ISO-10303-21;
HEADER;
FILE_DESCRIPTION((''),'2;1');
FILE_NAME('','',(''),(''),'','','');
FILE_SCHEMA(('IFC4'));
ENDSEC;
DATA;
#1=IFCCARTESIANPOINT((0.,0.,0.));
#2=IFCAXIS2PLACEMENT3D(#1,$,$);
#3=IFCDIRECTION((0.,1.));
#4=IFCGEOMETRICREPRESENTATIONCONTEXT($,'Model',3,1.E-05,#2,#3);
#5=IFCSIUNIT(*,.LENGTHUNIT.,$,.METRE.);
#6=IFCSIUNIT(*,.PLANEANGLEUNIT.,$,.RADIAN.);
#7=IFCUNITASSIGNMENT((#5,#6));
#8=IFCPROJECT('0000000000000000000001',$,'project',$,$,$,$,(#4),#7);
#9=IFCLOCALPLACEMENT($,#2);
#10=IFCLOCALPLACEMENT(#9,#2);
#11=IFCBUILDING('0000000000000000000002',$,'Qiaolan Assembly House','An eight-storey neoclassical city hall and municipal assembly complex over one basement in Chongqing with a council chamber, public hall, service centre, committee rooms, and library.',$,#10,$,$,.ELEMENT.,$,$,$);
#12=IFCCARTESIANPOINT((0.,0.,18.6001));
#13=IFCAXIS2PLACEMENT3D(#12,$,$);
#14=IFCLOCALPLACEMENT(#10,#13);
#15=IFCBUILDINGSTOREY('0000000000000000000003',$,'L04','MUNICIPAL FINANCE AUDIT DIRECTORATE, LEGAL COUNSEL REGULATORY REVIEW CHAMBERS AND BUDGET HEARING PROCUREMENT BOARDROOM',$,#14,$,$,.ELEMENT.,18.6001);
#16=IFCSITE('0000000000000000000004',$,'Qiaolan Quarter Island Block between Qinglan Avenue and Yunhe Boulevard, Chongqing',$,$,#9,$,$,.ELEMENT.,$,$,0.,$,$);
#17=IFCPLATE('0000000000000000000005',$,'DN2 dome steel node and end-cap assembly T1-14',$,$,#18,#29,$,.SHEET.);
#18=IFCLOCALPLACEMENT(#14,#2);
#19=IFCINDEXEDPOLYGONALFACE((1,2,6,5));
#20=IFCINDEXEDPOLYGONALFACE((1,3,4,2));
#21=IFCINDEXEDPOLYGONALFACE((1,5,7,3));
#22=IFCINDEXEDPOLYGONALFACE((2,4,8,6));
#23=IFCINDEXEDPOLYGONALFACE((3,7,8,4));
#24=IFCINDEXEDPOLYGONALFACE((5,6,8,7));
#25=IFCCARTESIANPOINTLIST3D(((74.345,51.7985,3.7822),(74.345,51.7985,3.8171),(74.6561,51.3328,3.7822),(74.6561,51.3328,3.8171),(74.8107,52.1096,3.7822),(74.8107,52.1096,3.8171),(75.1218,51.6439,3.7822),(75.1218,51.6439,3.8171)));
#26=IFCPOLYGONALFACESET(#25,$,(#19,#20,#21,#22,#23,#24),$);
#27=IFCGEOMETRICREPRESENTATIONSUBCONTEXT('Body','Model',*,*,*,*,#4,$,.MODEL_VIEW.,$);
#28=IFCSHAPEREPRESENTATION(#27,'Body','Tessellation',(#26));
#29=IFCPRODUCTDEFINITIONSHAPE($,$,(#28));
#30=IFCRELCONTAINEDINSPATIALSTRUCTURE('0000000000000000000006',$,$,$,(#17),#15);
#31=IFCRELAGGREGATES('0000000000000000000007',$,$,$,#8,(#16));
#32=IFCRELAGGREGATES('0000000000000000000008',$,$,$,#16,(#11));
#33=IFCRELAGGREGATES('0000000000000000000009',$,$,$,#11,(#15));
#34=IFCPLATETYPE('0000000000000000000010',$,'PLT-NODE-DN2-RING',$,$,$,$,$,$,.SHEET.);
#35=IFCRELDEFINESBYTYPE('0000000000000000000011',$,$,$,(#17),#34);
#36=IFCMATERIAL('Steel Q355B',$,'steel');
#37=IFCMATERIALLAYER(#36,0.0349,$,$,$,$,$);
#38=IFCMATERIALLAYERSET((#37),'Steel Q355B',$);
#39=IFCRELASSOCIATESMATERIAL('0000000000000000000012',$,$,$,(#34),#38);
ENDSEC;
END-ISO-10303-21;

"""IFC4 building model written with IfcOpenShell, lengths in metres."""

from ifc_helpers import new_model, si_unit, direction, frame, origin, origin_2d, place, context, subcontext, project, spatial, rectangle, extrude, material, layer, layer_set, type_object, element, save


model = new_model("IFC4")

# Units and contexts
model_context = context("Model", 3, precision=1e-05, world=origin(), true_north=direction((0.0, 1.0)))
body_context = subcontext(model_context, "Body", "Model", "MODEL_VIEW")
ifc_project = project(units=[si_unit("LENGTHUNIT", "METRE"), si_unit("PLANEANGLEUNIT", "RADIAN")], contexts=[model_context])

# Site, building, storey
site_placement = place(None, origin())
site = spatial("IfcSite", under=ifc_project, at=site_placement, Name="Qiaolan Quarter Island Block between Qinglan Avenue and Yunhe Boulevard, Chongqing", CompositionType="ELEMENT", RefElevation=0.0)
building_placement = place(site_placement, origin())
building = spatial("IfcBuilding", under=site, at=building_placement, Name="Qiaolan Assembly House", Description="An eight-storey neoclassical city hall and municipal assembly complex over one basement in Chongqing with a council chamber, public hall, service centre, committee rooms, and library.", CompositionType="ELEMENT")
storey_placement = place(building_placement, frame((0.0, 0.0, 18.6001)))
storey = spatial("IfcBuildingStorey", under=building, at=storey_placement, Name="L04", Description="MUNICIPAL FINANCE AUDIT DIRECTORATE, LEGAL COUNSEL REGULATORY REVIEW CHAMBERS AND BUDGET HEARING PROCUREMENT BOARDROOM", CompositionType="ELEMENT", Elevation=18.6001)

# Shared definitions
ifc_material_1 = material(Name="Steel Q355B", Category="steel")

# Plate
ifc_layer_1 = layer(ifc_material_1, 0.0349)
ifc_layer_set_1 = layer_set([ifc_layer_1], Name="Steel Q355B")
plate_type_1 = type_object("IfcPlateType", Name="PLT-NODE-DN2-RING", PredefinedType="SHEET", material=ifc_layer_set_1)
plate_1_placement = place(storey_placement, frame((74.7334, 51.7212, 3.7822), z_axis=(0.0, 0.0, 1.0), x_axis=(0.55557, -0.83147, 0.0)))
element("IfcPlate", 1, at=plate_1_placement, inside=storey, type_object=plate_type_1, Name="DN2 dome steel node and end-cap assembly T1-14", PredefinedType="SHEET", context=body_context, shape_type="SweptSolid", body=[
    extrude(rectangle(XDim=0.5601, YDim=0.5601, at=origin_2d()), origin(), (0.0, 0.0, 1.0), 0.0349),
])

save(model, "model.ifc")
